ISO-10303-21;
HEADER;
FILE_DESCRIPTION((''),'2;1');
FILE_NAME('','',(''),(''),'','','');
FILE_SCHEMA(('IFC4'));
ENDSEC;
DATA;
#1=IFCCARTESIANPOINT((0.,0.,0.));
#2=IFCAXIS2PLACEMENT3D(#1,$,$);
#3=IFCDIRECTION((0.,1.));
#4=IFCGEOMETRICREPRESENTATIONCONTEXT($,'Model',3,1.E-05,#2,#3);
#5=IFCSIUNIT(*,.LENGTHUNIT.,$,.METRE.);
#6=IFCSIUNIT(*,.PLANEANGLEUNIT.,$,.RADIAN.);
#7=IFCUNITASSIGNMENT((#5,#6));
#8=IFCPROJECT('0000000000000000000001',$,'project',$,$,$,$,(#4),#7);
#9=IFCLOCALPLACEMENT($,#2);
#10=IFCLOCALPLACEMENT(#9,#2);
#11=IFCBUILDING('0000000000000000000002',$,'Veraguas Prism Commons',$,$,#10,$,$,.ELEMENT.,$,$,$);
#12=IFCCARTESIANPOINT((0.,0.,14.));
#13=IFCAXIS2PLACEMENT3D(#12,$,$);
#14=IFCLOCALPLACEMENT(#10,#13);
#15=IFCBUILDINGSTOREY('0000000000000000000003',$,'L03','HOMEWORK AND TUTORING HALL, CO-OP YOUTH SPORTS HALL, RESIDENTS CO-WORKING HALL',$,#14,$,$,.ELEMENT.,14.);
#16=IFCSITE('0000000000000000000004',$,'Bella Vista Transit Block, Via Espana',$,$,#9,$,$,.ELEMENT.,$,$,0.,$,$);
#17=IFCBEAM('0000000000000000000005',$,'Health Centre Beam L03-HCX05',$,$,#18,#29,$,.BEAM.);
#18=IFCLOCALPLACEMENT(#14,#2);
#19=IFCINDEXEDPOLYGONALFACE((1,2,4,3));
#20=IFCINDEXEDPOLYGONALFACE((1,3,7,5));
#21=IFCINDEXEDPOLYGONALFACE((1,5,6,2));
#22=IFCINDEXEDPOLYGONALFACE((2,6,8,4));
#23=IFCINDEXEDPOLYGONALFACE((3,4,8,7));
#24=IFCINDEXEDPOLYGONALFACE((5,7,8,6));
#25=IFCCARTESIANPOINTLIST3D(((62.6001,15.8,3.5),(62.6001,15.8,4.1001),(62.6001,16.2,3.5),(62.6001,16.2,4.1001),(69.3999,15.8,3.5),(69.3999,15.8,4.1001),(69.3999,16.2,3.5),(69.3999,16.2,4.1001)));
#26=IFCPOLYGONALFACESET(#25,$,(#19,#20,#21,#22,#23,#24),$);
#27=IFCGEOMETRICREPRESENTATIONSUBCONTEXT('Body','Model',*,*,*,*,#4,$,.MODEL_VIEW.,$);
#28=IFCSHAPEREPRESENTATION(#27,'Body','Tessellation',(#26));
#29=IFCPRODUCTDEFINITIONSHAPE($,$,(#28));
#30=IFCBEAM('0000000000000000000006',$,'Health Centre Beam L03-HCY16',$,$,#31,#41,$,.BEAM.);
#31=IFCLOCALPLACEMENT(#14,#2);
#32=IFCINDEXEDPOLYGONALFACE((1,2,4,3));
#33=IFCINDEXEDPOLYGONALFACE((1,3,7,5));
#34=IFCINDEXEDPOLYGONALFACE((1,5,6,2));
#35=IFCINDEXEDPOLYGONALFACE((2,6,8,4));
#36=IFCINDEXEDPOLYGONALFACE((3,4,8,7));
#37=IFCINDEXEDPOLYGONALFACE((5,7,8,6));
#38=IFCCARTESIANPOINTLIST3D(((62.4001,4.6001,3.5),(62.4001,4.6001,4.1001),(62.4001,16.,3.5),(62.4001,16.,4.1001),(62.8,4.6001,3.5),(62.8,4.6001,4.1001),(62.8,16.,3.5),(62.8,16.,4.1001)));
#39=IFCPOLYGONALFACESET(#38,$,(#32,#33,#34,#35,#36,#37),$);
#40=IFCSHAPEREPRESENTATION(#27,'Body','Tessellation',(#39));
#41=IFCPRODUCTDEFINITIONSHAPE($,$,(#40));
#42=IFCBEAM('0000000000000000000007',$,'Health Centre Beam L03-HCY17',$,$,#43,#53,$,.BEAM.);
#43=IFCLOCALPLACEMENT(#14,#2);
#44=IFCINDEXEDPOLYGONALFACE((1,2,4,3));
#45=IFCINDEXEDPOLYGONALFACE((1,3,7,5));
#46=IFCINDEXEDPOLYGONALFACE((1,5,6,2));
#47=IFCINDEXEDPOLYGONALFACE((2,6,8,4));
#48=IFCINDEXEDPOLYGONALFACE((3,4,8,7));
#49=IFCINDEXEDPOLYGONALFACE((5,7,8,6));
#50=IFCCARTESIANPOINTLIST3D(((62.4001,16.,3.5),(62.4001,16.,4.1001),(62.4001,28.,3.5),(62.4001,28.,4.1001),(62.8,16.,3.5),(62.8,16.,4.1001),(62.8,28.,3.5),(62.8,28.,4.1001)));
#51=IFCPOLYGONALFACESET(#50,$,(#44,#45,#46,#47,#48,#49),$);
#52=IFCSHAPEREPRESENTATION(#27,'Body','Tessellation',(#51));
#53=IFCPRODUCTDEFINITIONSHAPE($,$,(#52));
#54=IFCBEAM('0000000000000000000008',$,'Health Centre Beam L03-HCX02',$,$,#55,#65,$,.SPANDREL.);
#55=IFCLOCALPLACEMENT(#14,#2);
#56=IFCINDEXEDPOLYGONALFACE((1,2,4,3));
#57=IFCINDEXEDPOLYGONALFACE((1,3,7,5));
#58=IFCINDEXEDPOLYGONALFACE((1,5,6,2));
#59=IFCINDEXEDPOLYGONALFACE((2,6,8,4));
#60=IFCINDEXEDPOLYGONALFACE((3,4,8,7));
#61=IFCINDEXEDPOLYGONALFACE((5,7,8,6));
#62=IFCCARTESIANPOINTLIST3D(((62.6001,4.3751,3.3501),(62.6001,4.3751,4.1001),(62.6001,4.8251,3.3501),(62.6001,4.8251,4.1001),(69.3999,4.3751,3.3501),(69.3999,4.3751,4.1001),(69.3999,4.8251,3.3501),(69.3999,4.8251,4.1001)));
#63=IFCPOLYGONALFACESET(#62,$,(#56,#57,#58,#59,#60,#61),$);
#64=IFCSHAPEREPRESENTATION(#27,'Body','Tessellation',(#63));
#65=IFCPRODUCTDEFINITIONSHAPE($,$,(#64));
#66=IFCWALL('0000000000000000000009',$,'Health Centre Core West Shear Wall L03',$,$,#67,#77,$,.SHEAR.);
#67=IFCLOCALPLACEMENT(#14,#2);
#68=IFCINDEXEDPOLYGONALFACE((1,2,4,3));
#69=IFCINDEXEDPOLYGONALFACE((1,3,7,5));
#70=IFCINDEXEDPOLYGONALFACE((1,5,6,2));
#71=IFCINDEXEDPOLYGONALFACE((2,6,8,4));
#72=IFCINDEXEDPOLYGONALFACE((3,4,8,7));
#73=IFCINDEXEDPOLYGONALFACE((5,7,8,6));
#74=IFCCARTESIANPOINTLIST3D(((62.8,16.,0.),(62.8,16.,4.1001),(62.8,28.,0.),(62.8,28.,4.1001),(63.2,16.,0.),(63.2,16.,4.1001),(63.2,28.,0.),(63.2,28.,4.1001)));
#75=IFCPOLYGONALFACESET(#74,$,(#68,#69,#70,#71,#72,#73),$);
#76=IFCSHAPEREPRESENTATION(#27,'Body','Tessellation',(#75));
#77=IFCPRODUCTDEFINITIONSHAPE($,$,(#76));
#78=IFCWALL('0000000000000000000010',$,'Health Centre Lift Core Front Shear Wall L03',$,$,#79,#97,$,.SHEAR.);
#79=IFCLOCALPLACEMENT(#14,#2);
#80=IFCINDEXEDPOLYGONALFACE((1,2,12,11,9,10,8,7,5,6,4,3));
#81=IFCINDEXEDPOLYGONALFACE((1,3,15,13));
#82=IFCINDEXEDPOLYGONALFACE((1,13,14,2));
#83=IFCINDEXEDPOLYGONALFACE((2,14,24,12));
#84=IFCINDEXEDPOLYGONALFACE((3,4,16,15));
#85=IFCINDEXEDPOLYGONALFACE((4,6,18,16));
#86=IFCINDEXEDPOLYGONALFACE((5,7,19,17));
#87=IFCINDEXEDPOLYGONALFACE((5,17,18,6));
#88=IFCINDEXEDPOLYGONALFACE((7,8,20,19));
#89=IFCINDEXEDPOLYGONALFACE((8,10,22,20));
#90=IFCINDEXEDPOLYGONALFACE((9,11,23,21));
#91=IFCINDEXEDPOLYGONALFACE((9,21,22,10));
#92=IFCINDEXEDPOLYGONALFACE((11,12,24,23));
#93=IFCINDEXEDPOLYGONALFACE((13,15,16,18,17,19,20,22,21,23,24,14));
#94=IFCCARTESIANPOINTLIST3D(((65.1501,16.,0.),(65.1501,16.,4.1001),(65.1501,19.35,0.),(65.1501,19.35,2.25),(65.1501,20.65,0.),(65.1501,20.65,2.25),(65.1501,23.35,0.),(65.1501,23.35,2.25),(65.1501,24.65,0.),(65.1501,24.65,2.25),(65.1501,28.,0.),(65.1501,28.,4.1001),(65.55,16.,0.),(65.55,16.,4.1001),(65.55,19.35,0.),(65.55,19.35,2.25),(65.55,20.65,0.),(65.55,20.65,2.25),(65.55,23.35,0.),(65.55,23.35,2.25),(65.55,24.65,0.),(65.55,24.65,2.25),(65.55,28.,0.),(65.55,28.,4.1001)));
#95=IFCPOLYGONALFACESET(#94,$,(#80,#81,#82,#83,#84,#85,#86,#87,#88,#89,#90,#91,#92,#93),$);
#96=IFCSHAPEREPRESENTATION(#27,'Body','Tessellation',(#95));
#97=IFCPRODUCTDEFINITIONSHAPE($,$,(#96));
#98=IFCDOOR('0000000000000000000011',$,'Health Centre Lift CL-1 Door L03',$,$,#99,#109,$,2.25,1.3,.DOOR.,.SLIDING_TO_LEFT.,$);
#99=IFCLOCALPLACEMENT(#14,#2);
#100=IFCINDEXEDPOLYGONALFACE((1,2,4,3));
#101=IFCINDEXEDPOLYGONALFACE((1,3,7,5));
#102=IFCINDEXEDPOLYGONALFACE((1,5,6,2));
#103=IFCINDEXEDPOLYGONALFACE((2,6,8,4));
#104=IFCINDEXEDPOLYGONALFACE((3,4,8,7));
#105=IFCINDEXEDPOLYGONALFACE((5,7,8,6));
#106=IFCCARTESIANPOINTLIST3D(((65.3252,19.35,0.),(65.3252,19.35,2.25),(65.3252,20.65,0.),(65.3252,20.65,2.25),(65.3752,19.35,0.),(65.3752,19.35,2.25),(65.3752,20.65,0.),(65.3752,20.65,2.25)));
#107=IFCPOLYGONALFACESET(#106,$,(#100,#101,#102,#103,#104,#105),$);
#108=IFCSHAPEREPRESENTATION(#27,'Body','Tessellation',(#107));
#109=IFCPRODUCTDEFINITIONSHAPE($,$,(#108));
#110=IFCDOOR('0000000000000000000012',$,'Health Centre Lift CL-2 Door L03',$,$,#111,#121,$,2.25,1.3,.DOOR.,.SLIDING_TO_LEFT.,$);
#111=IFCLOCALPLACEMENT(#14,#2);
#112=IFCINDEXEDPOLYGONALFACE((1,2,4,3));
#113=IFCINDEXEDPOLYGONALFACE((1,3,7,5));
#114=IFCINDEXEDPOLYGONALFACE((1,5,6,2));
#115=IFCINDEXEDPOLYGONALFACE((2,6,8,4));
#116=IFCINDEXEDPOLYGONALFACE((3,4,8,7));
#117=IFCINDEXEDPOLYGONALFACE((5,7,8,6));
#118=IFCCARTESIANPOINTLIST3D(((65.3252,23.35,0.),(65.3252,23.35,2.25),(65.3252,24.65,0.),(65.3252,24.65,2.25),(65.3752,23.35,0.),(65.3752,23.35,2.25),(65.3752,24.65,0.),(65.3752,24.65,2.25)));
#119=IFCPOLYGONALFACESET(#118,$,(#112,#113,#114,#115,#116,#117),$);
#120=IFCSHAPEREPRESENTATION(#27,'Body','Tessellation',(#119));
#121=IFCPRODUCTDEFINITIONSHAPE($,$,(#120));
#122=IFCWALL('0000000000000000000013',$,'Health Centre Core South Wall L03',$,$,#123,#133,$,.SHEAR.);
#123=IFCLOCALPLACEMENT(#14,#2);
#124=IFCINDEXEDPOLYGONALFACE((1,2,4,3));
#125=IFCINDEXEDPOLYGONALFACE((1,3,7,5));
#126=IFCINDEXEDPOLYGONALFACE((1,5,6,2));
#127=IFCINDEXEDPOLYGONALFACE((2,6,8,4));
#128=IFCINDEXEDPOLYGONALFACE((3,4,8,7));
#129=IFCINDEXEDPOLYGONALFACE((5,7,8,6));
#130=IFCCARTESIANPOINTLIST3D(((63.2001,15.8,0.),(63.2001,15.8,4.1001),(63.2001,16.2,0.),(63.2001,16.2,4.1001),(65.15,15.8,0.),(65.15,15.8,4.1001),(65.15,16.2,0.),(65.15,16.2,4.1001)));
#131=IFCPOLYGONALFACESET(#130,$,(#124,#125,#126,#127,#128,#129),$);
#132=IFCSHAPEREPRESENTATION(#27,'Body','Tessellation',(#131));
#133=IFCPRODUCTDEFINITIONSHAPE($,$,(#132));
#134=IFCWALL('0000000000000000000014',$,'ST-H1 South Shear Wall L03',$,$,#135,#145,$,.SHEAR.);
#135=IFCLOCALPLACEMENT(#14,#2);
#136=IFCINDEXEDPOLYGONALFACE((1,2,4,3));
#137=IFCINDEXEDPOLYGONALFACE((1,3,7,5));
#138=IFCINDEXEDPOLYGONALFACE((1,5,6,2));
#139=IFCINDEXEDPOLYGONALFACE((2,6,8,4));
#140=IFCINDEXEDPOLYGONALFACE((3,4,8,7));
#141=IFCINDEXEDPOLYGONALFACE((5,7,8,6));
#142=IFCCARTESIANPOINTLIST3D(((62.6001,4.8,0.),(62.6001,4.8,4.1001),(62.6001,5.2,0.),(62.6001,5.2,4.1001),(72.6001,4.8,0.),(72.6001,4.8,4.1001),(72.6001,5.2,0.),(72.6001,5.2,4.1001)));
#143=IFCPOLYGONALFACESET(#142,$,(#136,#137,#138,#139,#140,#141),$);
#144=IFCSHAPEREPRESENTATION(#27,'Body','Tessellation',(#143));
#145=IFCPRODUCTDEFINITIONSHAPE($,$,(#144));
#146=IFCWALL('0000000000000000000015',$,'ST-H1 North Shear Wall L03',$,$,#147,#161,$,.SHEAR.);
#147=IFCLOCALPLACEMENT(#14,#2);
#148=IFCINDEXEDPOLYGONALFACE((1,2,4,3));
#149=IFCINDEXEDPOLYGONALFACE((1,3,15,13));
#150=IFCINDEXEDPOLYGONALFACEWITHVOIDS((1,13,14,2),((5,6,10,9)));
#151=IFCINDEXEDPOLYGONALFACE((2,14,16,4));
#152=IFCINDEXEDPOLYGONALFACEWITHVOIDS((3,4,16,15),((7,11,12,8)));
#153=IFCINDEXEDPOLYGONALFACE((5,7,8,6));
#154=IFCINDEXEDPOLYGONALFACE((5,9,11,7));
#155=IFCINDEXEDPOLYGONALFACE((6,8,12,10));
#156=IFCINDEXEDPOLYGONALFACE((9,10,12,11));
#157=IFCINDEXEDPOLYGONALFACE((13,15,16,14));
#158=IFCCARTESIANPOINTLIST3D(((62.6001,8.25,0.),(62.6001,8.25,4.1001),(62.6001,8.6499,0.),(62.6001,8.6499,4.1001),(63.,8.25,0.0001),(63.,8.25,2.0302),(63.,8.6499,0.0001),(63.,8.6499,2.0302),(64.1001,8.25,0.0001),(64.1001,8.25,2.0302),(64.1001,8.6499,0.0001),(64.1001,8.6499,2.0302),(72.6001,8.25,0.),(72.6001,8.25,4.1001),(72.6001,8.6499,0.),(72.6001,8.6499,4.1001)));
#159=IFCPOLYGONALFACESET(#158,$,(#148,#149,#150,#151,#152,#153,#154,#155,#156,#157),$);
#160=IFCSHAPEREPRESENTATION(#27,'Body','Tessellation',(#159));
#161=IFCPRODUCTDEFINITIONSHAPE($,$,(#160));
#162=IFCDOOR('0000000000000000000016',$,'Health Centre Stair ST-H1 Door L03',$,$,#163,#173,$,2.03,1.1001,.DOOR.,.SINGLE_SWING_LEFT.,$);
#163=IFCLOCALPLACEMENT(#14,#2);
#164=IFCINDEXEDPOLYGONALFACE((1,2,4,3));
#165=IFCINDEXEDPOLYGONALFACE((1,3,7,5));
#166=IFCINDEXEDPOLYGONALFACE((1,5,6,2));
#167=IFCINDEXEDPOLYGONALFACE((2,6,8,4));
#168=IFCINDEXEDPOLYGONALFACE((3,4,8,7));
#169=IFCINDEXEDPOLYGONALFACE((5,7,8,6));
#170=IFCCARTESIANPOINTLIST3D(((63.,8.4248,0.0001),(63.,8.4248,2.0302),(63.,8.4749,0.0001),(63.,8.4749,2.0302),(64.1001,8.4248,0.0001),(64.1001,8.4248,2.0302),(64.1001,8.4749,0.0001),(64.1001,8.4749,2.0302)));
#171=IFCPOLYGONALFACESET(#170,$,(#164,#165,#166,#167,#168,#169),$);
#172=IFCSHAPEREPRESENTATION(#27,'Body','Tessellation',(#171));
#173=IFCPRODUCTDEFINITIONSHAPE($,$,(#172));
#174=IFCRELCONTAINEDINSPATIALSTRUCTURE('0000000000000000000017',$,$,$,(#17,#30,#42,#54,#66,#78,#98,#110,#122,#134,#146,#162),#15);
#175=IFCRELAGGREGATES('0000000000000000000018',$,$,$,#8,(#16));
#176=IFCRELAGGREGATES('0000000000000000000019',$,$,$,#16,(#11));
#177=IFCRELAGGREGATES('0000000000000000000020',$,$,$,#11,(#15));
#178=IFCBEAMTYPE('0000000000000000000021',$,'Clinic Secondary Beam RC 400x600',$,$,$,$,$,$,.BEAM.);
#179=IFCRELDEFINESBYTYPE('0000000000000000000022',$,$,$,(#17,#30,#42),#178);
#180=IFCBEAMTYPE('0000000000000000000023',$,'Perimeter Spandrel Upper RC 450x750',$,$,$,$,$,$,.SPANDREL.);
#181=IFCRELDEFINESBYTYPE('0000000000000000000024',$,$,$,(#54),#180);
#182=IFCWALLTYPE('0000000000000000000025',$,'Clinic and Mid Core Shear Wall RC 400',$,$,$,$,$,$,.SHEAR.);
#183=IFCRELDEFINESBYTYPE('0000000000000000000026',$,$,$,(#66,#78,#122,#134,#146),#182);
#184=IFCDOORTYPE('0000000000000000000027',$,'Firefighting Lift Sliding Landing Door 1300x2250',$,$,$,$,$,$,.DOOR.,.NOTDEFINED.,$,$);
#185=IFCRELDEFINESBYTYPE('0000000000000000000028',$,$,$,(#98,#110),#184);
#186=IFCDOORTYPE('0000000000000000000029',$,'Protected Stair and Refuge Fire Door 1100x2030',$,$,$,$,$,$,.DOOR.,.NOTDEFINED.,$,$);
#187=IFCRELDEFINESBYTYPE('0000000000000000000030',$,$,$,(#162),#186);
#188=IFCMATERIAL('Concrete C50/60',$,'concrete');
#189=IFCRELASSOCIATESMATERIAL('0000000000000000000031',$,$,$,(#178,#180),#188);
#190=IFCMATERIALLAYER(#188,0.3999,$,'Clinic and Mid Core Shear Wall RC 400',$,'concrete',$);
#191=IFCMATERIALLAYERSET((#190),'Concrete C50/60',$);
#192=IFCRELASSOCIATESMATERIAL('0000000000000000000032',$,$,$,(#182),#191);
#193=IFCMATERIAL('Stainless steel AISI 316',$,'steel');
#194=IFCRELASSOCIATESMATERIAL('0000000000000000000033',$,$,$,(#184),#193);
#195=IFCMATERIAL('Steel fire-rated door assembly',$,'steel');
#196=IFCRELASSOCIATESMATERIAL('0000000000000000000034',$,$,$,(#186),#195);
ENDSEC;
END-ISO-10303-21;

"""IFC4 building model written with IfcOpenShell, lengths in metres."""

from ifc_helpers import new_model, si_unit, direction, frame, frame_2d, origin, origin_2d, place, context, subcontext, project, spatial, rectangle, extrude, source, transform, mapped, material, layer, layer_set, material_profile, profile_set, type_object, element, fill, save


model = new_model("IFC4")

# Units and contexts
model_context = context("Model", 3, precision=1e-05, world=origin(), true_north=direction((0.0, 1.0)))
body_context = subcontext(model_context, "Body", "Model", "MODEL_VIEW")
ifc_project = project(units=[si_unit("LENGTHUNIT", "METRE"), si_unit("PLANEANGLEUNIT", "RADIAN")], contexts=[model_context])

# Site, building, storey
site_placement = place(None, origin())
site = spatial("IfcSite", under=ifc_project, at=site_placement, Name="Bella Vista Transit Block, Via Espana", CompositionType="ELEMENT", RefElevation=0.0)
building_placement = place(site_placement, origin())
building = spatial("IfcBuilding", under=site, at=building_placement, Name="Veraguas Prism Commons", CompositionType="ELEMENT")
storey_placement = place(building_placement, frame((0.0, 0.0, 14.0)))
storey = spatial("IfcBuildingStorey", under=building, at=storey_placement, Name="L03", Description="HOMEWORK AND TUTORING HALL, CO-OP YOUTH SPORTS HALL, RESIDENTS CO-WORKING HALL", CompositionType="ELEMENT", Elevation=14.0)

# Beams
ifc_material_1 = material(Name="Concrete C50/60", Category="concrete")
ifc_material_profile_1 = material_profile(ifc_material_1, rectangle(XDim=0.3999, YDim=0.6001, at=origin_2d()), Name="RC400X600")
ifc_profile_set_1 = profile_set([ifc_material_profile_1], Name="Concrete C50/60")
beam_type_1 = type_object("IfcBeamType", Name="Clinic Secondary Beam RC 400x600", PredefinedType="BEAM", material=ifc_profile_set_1)
beam_1_placement = place(storey_placement, frame((62.6001, 16.0, 3.8), z_axis=(1.0, 0.0, 0.0), x_axis=(0.0, 1.0, 0.0)))
element("IfcBeam", 1, at=beam_1_placement, inside=storey, type_object=beam_type_1, Name="Health Centre Beam L03-HCX05", PredefinedType="BEAM", context=body_context, shape_type="SweptSolid", body=[
    extrude(rectangle(XDim=0.3999, YDim=0.6001, at=origin_2d()), origin(), (0.0, 0.0, 1.0), 6.7998),
])
beam_2_placement = place(storey_placement, frame((62.6001, 4.6001, 3.8), z_axis=(0.0, 1.0, 0.0), x_axis=(-1.0, 0.0, 0.0)))
element("IfcBeam", 2, at=beam_2_placement, inside=storey, type_object=beam_type_1, Name="Health Centre Beam L03-HCY16", PredefinedType="BEAM", context=body_context, shape_type="SweptSolid", body=[
    extrude(rectangle(XDim=0.3999, YDim=0.6001, at=origin_2d()), origin(), (0.0, 0.0, 1.0), 11.3999),
])
beam_3_placement = place(storey_placement, frame((62.6001, 16.0, 3.8), z_axis=(0.0, 1.0, 0.0), x_axis=(-1.0, 0.0, 0.0)))
element("IfcBeam", 3, at=beam_3_placement, inside=storey, type_object=beam_type_1, Name="Health Centre Beam L03-HCY17", PredefinedType="BEAM", context=body_context, shape_type="SweptSolid", body=[
    extrude(rectangle(XDim=0.3999, YDim=0.6001, at=origin_2d()), origin(), (0.0, 0.0, 1.0), 12.0),
])
ifc_material_profile_2 = material_profile(ifc_material_1, rectangle(XDim=0.45, YDim=0.75, at=origin_2d()), Name="RC450X750")
ifc_profile_set_2 = profile_set([ifc_material_profile_2], Name="Concrete C50/60")
beam_type_2 = type_object("IfcBeamType", Name="Perimeter Spandrel Upper RC 450x750", PredefinedType="SPANDREL", material=ifc_profile_set_2)
beam_4_placement = place(storey_placement, frame((62.6001, 4.6001, 3.7251), z_axis=(1.0, 0.0, 0.0), x_axis=(0.0, 1.0, 0.0)))
element("IfcBeam", 4, at=beam_4_placement, inside=storey, type_object=beam_type_2, Name="Health Centre Beam L03-HCX02", PredefinedType="SPANDREL", context=body_context, shape_type="SweptSolid", body=[
    extrude(rectangle(XDim=0.45, YDim=0.75, at=origin_2d()), origin(), (0.0, 0.0, 1.0), 6.7998),
])

# Wall
ifc_layer_1 = layer(ifc_material_1, 0.3999, Name="Clinic and Mid Core Shear Wall RC 400", Category="concrete")
ifc_layer_set_1 = layer_set([ifc_layer_1], Name="Concrete C50/60")
wall_type_1 = type_object("IfcWallType", Name="Clinic and Mid Core Shear Wall RC 400", PredefinedType="SHEAR", material=ifc_layer_set_1)
wall_1_placement = place(storey_placement, frame((63.0, 16.0, 0.0), z_axis=(0.0, 0.0, 1.0), x_axis=(0.0, 1.0, 0.0)))
element("IfcWall", 5, at=wall_1_placement, inside=storey, type_object=wall_type_1, Name="Health Centre Core West Shear Wall L03", PredefinedType="SHEAR", context=body_context, shape_type="SweptSolid", body=[
    extrude(rectangle(XDim=12.0, YDim=0.3999, at=frame_2d((6.0, 0.0))), origin(), (0.0, 0.0, 1.0), 4.1001),
])

# Wall, openings, doors
wall_2_placement = place(storey_placement, frame((65.3501, 16.0, 0.0), z_axis=(0.0, 0.0, 1.0), x_axis=(0.0, 1.0, 0.0)))
wall_2 = element("IfcWall", 6, at=wall_2_placement, inside=storey, type_object=wall_type_1, Name="Health Centre Lift Core Front Shear Wall L03", PredefinedType="SHEAR", context=body_context, shape_type="SweptSolid", body=[
    extrude(rectangle(XDim=12.0, YDim=0.3999, at=frame_2d((6.0, 0.0))), origin(), (0.0, 0.0, 1.0), 4.1001),
])
opening_1_placement = place(wall_2_placement, frame((3.3501, 0.0, 0.0)))
opening_1 = element("IfcOpeningElement", 7, at=opening_1_placement, cuts=wall_2, PredefinedType="OPENING", context=body_context, shape_type="SweptSolid", body=[
    extrude(rectangle(XDim=1.3, YDim=2.25, at=frame_2d((0.6499, 1.125))), frame((0.0, 0.21, 0.0), z_axis=(0.0, -1.0, 0.0), x_axis=(1.0, 0.0, 0.0)), (0.0, 0.0, 1.0), 0.4199),
])
opening_2_placement = place(wall_2_placement, frame((7.3501, 0.0, 0.0)))
opening_2 = element("IfcOpeningElement", 8, at=opening_2_placement, cuts=wall_2, PredefinedType="OPENING", context=body_context, shape_type="SweptSolid", body=[
    extrude(rectangle(XDim=1.3, YDim=2.25, at=frame_2d((0.6499, 1.125))), frame((0.0, 0.21, 0.0), z_axis=(0.0, -1.0, 0.0), x_axis=(1.0, 0.0, 0.0)), (0.0, 0.0, 1.0), 0.4199),
])
ifc_material_2 = material(Name="Stainless steel AISI 316", Category="steel")
door_type_1 = type_object("IfcDoorType", Name="Firefighting Lift Sliding Landing Door 1300x2250", OperationType="NOTDEFINED", PredefinedType="DOOR", material=ifc_material_2)
shared_shape_1 = source(origin(), body_context, "Body", "SweptSolid", [
    extrude(rectangle(XDim=1.3, YDim=2.25, at=frame_2d((0.6499, 1.125))), frame((0.0, 0.0249, 0.0), z_axis=(0.0, -1.0, 0.0), x_axis=(1.0, 0.0, 0.0)), (0.0, 0.0, 1.0), 0.05),
])
door_1_placement = place(opening_1_placement, origin())
door_1 = element("IfcDoor", 9, at=door_1_placement, inside=storey, type_object=door_type_1, Name="Health Centre Lift CL-1 Door L03", OperationType="SLIDING_TO_LEFT", OverallHeight=2.25, OverallWidth=1.3, PredefinedType="DOOR", context=body_context, shape_type="MappedRepresentation", body=[
    mapped(shared_shape_1, transform((0.0, 0.0, 0.0), scale=1.0)),
])
fill(opening_1, door_1)
door_2_placement = place(opening_2_placement, origin())
door_2 = element("IfcDoor", 10, at=door_2_placement, inside=storey, type_object=door_type_1, Name="Health Centre Lift CL-2 Door L03", OperationType="SLIDING_TO_LEFT", OverallHeight=2.25, OverallWidth=1.3, PredefinedType="DOOR", context=body_context, shape_type="MappedRepresentation", body=[
    mapped(shared_shape_1, transform((0.0, 0.0, 0.0), scale=1.0)),
])
fill(opening_2, door_2)

# Walls
wall_3_placement = place(storey_placement, frame((63.2, 16.0, 0.0), z_axis=(0.0, 0.0, 1.0), x_axis=(1.0, 0.0, 0.0)))
element("IfcWall", 11, at=wall_3_placement, inside=storey, type_object=wall_type_1, Name="Health Centre Core South Wall L03", PredefinedType="SHEAR", context=body_context, shape_type="SweptSolid", body=[
    extrude(rectangle(XDim=1.95, YDim=0.3999, at=frame_2d((0.9751, 0.0))), origin(), (0.0, 0.0, 1.0), 4.1001),
])
wall_4_placement = place(storey_placement, frame((62.6001, 5.0, 0.0), z_axis=(0.0, 0.0, 1.0), x_axis=(1.0, 0.0, 0.0)))
element("IfcWall", 12, at=wall_4_placement, inside=storey, type_object=wall_type_1, Name="ST-H1 South Shear Wall L03", PredefinedType="SHEAR", context=body_context, shape_type="SweptSolid", body=[
    extrude(rectangle(XDim=10.0, YDim=0.3999, at=frame_2d((5.0, 0.0))), origin(), (0.0, 0.0, 1.0), 4.1001),
])

# Wall, opening, door
wall_5_placement = place(storey_placement, frame((62.6001, 8.45, 0.0), z_axis=(0.0, 0.0, 1.0), x_axis=(1.0, 0.0, 0.0)))
wall_5 = element("IfcWall", 13, at=wall_5_placement, inside=storey, type_object=wall_type_1, Name="ST-H1 North Shear Wall L03", PredefinedType="SHEAR", context=body_context, shape_type="SweptSolid", body=[
    extrude(rectangle(XDim=10.0, YDim=0.3999, at=frame_2d((5.0, 0.0))), origin(), (0.0, 0.0, 1.0), 4.1001),
])
opening_3_placement = place(wall_5_placement, frame((0.3999, 0.0, 0.0)))
opening_3 = element("IfcOpeningElement", 14, at=opening_3_placement, cuts=wall_5, PredefinedType="OPENING", context=body_context, shape_type="SweptSolid", body=[
    extrude(rectangle(XDim=1.1001, YDim=2.03, at=frame_2d((0.55, 1.0151))), frame((0.0, 0.21, 0.0), z_axis=(0.0, -1.0, 0.0), x_axis=(1.0, 0.0, 0.0)), (0.0, 0.0, 1.0), 0.4199),
])
ifc_material_3 = material(Name="Steel fire-rated door assembly", Category="steel")
door_type_2 = type_object("IfcDoorType", Name="Protected Stair and Refuge Fire Door 1100x2030", OperationType="NOTDEFINED", PredefinedType="DOOR", material=ifc_material_3)
shared_shape_2 = source(origin(), body_context, "Body", "SweptSolid", [
    extrude(rectangle(XDim=1.1001, YDim=2.03, at=frame_2d((0.55, 1.0151))), frame((0.0, 0.0249, 0.0), z_axis=(0.0, -1.0, 0.0), x_axis=(1.0, 0.0, 0.0)), (0.0, 0.0, 1.0), 0.05),
])
door_3_placement = place(opening_3_placement, origin())
door_3 = element("IfcDoor", 15, at=door_3_placement, inside=storey, type_object=door_type_2, Name="Health Centre Stair ST-H1 Door L03", OperationType="SINGLE_SWING_LEFT", OverallHeight=2.03, OverallWidth=1.1001, PredefinedType="DOOR", context=body_context, shape_type="MappedRepresentation", body=[
    mapped(shared_shape_2, transform((0.0, 0.0, 0.0), scale=1.0)),
])
fill(opening_3, door_3)

save(model, "model.ifc")
